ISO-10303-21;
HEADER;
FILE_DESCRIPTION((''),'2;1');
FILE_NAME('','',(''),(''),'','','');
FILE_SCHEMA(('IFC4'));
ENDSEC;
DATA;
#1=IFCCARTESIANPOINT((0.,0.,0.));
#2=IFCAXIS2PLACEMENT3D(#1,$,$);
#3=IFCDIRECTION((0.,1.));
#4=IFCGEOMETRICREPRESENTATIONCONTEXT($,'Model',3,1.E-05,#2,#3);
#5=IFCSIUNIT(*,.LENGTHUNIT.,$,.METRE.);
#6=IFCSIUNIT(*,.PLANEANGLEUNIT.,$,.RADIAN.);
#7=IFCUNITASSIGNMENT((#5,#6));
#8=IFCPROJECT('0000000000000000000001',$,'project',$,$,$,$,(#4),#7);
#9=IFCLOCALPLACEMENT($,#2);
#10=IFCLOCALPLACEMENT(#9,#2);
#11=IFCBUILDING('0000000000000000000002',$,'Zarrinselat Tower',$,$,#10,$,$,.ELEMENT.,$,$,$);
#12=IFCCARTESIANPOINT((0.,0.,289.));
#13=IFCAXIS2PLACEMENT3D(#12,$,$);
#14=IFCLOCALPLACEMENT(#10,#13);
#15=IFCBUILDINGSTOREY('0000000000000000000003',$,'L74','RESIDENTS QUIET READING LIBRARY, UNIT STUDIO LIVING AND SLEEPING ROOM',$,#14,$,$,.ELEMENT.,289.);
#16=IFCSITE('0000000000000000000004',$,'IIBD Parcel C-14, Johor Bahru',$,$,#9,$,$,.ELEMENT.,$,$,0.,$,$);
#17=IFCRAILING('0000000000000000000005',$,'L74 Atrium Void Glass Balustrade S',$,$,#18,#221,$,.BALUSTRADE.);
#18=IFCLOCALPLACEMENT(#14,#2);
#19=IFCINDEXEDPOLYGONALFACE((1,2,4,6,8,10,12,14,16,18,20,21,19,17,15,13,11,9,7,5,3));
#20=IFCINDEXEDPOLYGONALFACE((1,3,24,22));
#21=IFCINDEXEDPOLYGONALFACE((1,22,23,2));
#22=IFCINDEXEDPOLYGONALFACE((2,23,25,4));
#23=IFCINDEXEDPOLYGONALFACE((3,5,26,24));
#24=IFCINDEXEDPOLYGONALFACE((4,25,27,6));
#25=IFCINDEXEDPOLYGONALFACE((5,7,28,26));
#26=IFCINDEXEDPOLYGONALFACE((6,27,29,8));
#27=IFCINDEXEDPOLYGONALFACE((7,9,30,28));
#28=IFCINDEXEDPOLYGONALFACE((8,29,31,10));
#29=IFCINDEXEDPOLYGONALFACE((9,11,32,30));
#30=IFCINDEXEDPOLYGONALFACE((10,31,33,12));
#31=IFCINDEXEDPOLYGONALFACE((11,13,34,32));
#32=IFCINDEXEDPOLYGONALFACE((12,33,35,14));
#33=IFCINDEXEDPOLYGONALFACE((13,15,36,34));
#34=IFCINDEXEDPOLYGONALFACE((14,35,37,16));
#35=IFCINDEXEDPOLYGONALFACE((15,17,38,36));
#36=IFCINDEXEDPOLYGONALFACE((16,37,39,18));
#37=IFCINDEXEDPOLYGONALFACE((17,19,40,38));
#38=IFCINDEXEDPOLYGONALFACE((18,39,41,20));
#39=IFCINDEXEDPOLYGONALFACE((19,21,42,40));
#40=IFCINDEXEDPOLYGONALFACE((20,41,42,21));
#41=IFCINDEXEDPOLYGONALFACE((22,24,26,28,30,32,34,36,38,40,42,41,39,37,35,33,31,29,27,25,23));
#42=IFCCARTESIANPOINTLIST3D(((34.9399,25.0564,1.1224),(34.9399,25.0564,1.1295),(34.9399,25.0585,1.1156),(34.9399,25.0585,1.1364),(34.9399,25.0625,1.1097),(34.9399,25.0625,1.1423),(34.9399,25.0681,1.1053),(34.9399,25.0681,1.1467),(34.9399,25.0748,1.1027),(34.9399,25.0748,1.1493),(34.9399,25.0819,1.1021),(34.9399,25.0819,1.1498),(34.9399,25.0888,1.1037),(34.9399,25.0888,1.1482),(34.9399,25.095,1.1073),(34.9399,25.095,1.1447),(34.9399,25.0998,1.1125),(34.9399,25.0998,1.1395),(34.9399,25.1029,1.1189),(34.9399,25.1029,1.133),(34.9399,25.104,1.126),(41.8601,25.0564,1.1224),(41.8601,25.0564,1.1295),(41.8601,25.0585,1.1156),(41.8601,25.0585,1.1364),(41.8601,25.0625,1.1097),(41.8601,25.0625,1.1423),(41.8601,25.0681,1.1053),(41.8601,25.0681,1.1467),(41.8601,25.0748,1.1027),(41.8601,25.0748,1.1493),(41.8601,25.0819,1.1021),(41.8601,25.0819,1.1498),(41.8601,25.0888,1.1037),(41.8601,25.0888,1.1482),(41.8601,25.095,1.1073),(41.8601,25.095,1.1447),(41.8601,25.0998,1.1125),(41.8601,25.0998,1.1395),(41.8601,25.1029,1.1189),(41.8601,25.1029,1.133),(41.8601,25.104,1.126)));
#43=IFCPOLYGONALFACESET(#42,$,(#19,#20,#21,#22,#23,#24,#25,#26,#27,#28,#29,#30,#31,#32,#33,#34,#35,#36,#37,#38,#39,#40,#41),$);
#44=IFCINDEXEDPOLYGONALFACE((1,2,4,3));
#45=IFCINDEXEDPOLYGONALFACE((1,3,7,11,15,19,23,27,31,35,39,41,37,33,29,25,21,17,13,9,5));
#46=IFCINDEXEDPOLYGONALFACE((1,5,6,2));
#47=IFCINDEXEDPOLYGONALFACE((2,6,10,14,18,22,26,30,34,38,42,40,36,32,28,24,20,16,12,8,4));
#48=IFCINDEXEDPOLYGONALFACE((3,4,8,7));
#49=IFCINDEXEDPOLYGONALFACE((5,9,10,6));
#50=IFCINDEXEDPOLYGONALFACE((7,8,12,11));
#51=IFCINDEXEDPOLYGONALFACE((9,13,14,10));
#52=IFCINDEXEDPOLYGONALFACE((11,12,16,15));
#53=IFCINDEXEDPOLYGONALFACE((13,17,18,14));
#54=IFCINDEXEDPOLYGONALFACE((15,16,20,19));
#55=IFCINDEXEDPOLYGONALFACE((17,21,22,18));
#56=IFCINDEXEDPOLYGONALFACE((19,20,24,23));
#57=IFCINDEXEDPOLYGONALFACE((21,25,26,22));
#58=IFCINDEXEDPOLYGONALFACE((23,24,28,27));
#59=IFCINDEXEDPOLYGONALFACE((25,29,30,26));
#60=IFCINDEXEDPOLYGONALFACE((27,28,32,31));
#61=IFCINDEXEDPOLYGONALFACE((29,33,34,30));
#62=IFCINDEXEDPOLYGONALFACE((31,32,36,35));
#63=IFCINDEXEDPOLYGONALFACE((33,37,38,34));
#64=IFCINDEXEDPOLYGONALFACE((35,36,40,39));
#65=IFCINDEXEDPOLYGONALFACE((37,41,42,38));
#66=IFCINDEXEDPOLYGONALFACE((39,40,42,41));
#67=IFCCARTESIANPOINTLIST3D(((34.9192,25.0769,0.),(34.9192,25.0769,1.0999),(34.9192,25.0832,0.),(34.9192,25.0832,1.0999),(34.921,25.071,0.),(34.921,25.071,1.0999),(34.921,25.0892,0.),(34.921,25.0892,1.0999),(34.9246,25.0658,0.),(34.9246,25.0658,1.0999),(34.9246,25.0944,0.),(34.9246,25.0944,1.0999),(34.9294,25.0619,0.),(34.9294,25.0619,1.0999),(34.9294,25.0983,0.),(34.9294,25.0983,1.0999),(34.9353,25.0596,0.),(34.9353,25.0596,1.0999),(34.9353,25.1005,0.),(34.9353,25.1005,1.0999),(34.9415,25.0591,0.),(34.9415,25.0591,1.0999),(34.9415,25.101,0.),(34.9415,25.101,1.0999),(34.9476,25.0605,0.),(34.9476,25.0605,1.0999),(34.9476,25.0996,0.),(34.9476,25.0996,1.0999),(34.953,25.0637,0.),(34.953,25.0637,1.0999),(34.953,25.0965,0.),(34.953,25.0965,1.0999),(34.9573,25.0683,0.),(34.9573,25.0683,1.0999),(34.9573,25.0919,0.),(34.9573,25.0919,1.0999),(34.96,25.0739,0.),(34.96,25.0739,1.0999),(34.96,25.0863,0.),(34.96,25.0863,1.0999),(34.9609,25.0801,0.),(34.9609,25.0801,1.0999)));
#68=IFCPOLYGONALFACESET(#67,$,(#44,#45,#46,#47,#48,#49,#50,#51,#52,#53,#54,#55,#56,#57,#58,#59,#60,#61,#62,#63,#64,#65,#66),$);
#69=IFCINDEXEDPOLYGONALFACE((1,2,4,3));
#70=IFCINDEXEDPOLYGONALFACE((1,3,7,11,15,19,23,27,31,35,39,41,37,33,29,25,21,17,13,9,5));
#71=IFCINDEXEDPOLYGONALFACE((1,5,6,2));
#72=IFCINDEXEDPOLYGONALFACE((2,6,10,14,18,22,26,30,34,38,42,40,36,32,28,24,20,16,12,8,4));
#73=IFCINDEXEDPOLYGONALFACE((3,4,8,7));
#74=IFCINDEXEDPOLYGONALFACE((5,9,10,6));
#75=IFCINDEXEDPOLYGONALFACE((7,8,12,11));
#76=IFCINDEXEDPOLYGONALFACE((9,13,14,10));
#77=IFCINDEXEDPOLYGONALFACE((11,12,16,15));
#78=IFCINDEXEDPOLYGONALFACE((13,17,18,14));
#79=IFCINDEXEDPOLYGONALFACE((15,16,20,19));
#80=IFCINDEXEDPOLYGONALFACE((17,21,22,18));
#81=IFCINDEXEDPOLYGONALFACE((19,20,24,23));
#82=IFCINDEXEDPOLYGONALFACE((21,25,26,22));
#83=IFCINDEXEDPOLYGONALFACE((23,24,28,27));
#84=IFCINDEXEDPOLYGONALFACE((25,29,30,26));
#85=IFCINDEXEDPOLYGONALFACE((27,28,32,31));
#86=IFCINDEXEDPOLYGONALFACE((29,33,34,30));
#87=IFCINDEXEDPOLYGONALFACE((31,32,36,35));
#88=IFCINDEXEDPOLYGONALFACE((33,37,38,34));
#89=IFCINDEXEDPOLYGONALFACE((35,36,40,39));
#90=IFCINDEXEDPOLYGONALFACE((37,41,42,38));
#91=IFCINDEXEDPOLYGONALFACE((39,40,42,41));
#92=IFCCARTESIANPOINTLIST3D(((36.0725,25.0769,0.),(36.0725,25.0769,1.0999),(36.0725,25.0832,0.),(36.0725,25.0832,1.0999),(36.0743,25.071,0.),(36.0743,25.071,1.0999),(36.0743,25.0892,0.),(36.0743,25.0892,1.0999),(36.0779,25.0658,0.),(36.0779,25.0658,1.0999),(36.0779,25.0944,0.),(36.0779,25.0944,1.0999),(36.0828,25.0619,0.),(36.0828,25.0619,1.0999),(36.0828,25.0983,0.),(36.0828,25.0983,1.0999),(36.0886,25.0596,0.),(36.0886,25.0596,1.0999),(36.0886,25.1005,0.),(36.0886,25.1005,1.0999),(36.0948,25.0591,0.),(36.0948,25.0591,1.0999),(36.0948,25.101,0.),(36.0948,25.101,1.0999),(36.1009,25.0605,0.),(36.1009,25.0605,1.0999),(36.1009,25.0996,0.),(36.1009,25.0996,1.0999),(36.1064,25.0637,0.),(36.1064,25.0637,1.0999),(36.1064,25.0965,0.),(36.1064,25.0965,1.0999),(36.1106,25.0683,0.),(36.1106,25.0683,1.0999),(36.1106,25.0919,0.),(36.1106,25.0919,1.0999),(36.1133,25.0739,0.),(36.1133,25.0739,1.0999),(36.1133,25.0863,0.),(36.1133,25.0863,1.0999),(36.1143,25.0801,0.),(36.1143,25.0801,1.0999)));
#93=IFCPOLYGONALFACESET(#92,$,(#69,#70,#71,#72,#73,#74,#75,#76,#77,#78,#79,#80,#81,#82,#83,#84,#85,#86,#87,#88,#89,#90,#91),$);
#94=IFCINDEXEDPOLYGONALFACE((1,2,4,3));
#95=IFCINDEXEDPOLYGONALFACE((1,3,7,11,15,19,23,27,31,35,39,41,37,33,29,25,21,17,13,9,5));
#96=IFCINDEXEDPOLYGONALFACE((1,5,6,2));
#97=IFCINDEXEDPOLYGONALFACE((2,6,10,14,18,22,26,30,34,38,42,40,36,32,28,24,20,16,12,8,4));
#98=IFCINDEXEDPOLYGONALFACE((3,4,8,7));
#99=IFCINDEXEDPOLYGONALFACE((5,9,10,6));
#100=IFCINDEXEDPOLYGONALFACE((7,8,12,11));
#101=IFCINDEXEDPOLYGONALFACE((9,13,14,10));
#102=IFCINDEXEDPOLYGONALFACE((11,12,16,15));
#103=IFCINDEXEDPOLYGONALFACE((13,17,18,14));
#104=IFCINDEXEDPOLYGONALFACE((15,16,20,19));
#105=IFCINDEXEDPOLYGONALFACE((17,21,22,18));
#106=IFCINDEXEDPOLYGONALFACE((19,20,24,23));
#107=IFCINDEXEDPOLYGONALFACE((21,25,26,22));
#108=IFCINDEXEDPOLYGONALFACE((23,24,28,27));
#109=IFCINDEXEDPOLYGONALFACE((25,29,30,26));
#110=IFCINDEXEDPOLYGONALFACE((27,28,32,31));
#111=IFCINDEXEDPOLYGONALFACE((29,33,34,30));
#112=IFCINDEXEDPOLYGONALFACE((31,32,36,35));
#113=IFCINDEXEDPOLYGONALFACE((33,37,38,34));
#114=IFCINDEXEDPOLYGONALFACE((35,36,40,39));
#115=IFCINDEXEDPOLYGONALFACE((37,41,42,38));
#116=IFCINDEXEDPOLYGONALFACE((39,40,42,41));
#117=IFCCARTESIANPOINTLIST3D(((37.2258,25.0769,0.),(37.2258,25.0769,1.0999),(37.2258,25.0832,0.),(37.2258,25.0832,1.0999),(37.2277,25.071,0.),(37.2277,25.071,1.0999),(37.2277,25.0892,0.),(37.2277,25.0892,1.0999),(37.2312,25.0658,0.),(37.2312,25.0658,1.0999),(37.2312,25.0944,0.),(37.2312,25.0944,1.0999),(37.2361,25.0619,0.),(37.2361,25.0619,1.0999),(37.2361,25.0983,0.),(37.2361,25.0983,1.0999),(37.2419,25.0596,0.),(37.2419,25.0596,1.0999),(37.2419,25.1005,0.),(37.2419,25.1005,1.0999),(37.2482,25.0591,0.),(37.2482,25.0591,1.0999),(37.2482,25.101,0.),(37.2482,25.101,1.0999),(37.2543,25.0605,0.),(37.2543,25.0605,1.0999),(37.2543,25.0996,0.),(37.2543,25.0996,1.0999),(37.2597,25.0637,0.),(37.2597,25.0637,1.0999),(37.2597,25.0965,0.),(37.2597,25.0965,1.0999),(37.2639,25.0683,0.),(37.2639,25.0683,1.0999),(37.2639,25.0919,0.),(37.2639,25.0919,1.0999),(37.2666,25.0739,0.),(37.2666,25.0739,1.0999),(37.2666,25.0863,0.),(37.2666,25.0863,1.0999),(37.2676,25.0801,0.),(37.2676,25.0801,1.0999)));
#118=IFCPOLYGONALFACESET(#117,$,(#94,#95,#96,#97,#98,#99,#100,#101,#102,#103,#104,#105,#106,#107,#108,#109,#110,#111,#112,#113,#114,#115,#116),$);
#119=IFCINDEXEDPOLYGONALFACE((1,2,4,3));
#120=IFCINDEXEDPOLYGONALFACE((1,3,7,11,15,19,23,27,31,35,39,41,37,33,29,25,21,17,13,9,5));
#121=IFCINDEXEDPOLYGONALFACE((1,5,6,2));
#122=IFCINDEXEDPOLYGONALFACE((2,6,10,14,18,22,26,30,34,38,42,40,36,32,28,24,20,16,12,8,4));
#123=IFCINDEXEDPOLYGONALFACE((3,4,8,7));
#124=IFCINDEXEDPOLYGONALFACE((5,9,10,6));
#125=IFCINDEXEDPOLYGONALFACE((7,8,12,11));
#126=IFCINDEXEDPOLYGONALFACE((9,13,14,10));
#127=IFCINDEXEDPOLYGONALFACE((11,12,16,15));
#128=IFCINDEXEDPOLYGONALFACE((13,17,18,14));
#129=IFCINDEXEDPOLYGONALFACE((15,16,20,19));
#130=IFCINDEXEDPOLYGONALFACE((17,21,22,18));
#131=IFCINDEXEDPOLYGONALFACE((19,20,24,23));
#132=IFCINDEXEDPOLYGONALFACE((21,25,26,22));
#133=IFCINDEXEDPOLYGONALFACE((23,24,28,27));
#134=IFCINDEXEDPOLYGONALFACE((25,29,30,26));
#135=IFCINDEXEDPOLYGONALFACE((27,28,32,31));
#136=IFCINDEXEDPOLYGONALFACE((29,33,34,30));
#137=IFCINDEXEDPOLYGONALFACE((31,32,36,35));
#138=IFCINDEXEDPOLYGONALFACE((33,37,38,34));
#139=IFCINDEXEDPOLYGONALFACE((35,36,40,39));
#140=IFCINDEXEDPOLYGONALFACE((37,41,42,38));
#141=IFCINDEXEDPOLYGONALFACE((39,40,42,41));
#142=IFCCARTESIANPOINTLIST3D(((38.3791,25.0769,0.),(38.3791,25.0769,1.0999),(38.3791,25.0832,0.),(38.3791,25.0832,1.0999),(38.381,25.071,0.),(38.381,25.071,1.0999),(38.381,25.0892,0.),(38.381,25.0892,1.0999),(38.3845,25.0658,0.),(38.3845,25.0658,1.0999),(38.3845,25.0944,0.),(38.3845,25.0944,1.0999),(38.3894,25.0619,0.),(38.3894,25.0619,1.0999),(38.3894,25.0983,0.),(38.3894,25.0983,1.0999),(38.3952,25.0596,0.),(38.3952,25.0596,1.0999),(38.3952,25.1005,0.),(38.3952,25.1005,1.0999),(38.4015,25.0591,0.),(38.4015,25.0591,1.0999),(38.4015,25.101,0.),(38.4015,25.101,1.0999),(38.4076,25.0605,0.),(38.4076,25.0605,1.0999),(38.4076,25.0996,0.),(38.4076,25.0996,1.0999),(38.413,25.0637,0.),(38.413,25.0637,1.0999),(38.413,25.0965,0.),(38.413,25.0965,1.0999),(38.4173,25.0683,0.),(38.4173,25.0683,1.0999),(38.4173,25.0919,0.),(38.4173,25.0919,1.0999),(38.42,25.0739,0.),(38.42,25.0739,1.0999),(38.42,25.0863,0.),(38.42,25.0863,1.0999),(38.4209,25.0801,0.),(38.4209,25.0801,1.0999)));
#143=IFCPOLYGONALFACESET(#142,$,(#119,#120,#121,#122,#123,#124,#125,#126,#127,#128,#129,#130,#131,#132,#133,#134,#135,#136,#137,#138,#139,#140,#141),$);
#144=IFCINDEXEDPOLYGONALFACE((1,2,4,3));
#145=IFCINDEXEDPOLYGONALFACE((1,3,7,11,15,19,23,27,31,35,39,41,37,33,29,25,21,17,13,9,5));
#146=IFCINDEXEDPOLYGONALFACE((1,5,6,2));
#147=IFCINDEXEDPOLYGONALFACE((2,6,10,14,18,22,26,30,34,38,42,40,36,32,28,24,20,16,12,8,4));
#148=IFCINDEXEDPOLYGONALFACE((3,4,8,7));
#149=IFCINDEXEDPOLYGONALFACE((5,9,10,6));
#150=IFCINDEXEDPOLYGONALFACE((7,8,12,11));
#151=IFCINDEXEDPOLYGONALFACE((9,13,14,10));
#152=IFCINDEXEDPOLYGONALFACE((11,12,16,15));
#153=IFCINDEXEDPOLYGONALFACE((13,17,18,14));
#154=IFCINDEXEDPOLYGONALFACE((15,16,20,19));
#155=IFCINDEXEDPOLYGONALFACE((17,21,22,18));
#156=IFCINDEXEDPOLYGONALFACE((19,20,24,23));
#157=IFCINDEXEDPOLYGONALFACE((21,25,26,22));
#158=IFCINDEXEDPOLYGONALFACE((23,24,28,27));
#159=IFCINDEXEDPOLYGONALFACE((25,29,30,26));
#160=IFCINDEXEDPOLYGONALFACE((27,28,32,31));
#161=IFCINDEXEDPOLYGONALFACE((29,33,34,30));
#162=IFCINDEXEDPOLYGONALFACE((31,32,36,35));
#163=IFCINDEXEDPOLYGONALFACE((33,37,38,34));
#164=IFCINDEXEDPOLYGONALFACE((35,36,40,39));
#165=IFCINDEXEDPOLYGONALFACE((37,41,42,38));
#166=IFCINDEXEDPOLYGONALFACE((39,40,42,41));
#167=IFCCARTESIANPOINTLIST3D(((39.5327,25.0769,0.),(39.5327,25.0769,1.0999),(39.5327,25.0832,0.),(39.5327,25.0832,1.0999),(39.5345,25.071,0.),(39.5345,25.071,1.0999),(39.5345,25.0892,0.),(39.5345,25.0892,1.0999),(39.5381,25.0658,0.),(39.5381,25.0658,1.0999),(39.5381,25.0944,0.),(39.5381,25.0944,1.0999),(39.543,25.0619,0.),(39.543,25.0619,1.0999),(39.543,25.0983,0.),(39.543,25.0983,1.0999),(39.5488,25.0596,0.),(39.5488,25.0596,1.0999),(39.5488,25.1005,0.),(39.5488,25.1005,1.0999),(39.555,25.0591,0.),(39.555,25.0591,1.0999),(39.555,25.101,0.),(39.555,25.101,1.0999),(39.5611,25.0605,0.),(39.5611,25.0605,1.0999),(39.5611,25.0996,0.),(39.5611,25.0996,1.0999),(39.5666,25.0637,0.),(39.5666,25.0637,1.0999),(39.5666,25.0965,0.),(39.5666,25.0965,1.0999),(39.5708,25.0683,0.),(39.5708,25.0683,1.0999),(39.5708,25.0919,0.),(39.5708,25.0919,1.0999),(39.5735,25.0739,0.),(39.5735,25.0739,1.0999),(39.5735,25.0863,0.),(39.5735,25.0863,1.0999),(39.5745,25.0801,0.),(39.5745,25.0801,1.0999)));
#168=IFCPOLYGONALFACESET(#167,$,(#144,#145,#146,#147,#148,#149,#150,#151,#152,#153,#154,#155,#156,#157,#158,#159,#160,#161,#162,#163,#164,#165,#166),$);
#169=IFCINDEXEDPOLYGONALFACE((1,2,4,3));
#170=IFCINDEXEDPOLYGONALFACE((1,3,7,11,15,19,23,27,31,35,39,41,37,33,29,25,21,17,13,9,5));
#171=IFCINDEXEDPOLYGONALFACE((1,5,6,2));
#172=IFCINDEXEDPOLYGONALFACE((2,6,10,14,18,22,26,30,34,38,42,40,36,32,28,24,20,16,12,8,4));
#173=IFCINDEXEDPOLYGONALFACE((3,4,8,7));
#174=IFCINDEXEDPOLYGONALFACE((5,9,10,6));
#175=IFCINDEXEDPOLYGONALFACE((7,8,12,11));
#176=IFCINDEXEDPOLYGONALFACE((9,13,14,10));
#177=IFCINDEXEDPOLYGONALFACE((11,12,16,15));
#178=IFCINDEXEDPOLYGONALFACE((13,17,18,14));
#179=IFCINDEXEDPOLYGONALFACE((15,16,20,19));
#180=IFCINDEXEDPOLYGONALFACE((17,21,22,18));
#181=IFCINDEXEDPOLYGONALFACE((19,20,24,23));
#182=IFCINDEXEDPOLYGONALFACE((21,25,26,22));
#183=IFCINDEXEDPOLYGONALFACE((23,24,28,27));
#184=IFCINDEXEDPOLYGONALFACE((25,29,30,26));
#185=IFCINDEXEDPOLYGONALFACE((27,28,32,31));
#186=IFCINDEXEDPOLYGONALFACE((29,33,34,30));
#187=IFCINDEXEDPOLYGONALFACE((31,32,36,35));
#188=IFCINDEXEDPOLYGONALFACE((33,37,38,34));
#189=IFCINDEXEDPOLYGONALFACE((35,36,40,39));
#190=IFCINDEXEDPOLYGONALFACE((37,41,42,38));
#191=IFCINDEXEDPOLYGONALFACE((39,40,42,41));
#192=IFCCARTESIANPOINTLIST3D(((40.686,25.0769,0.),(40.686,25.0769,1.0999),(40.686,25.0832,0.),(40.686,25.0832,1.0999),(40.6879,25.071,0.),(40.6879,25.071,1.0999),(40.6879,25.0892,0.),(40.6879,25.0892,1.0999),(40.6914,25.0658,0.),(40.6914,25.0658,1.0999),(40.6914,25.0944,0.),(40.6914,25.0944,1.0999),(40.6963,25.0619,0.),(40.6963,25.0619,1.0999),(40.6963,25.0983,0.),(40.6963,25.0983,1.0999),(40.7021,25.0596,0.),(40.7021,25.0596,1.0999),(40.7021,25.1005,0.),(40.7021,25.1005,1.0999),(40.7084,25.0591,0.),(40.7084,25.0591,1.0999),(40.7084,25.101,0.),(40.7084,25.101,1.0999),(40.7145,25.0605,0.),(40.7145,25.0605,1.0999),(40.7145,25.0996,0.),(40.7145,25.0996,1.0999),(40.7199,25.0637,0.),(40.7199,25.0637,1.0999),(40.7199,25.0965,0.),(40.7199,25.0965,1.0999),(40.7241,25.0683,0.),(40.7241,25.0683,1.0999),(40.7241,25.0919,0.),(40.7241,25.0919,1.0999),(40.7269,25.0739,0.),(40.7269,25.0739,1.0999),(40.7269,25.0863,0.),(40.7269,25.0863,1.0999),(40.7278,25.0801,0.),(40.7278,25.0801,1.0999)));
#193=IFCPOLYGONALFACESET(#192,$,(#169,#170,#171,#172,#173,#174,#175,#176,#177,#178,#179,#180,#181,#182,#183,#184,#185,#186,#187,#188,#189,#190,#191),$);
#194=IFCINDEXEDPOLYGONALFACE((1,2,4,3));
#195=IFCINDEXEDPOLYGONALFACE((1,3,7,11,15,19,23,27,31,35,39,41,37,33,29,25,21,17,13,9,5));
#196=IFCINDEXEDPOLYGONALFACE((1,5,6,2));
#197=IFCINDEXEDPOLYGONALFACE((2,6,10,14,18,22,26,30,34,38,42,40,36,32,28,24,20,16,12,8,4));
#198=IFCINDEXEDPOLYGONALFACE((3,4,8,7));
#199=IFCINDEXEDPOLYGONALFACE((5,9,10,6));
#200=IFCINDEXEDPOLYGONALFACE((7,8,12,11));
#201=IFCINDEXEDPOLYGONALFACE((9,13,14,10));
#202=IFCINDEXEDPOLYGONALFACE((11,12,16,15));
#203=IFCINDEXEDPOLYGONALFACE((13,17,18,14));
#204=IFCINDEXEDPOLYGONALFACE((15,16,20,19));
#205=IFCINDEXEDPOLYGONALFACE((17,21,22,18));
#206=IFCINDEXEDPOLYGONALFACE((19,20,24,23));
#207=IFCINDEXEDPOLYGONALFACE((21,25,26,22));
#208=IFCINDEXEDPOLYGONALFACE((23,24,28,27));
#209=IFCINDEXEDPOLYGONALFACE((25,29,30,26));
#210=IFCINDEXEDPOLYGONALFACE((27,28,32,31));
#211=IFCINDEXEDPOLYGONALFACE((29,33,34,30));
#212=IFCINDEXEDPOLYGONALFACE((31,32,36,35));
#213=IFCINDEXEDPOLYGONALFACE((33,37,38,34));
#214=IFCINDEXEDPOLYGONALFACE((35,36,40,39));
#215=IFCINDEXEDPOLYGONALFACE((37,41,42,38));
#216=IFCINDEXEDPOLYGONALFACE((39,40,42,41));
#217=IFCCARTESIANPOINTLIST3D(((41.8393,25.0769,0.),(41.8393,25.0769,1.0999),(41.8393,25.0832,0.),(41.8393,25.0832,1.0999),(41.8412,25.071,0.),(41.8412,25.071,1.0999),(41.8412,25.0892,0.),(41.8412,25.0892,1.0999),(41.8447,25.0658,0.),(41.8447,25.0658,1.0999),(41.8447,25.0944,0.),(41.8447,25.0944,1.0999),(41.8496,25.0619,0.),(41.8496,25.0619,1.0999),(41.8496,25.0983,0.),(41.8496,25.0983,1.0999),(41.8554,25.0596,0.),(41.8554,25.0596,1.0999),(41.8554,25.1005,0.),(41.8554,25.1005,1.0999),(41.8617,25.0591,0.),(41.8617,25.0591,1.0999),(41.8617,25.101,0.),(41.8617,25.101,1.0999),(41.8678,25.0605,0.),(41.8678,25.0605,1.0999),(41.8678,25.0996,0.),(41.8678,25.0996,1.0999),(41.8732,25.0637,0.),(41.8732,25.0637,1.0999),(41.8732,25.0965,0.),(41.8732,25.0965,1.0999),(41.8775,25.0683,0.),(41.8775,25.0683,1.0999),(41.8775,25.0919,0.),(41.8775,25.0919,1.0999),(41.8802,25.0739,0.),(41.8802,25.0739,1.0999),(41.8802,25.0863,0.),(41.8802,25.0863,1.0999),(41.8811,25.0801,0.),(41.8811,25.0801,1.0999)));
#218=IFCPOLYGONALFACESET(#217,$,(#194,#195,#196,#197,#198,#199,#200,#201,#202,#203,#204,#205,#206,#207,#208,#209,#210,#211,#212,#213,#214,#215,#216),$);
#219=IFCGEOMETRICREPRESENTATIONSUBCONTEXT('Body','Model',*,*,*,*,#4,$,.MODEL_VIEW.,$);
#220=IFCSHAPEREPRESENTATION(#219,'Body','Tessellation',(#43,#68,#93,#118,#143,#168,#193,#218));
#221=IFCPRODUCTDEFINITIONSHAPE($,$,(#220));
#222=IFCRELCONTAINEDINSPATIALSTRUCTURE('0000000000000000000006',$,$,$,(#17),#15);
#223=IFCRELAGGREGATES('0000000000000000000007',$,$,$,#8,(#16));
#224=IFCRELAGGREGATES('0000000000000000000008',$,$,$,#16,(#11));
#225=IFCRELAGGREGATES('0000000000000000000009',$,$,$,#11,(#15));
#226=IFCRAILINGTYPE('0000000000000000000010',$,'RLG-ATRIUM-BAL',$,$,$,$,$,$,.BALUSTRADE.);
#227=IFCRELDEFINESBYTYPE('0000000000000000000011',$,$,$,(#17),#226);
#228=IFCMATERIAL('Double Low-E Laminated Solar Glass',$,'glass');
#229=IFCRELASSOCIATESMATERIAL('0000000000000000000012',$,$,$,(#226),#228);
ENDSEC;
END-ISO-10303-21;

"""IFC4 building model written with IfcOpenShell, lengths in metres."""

from ifc_helpers import new_model, si_unit, direction, frame, origin, origin_2d, place, context, subcontext, project, spatial, circle, extrude, material, type_object, element, save


model = new_model("IFC4")

# Units and contexts
model_context = context("Model", 3, precision=1e-05, world=origin(), true_north=direction((0.0, 1.0)))
body_context = subcontext(model_context, "Body", "Model", "MODEL_VIEW")
ifc_project = project(units=[si_unit("LENGTHUNIT", "METRE"), si_unit("PLANEANGLEUNIT", "RADIAN")], contexts=[model_context])

# Site, building, storey
site_placement = place(None, origin())
site = spatial("IfcSite", under=ifc_project, at=site_placement, Name="IIBD Parcel C-14, Johor Bahru", CompositionType="ELEMENT", RefElevation=0.0)
building_placement = place(site_placement, origin())
building = spatial("IfcBuilding", under=site, at=building_placement, Name="Zarrinselat Tower", CompositionType="ELEMENT")
storey_placement = place(building_placement, frame((0.0, 0.0, 289.0)))
storey = spatial("IfcBuildingStorey", under=building, at=storey_placement, Name="L74", Description="RESIDENTS QUIET READING LIBRARY, UNIT STUDIO LIVING AND SLEEPING ROOM", CompositionType="ELEMENT", Elevation=289.0)

# Railing
ifc_material_1 = material(Name="Double Low-E Laminated Solar Glass", Category="glass")
railing_type = type_object("IfcRailingType", Name="RLG-ATRIUM-BAL", PredefinedType="BALUSTRADE", material=ifc_material_1)
railing_1_placement = place(storey_placement, frame((34.9399, 25.0801, 0.0)))
element("IfcRailing", 1, at=railing_1_placement, inside=storey, type_object=railing_type, Name="L74 Atrium Void Glass Balustrade S", PredefinedType="BALUSTRADE", context=body_context, shape_type="SweptSolid", body=[
    extrude(circle(Radius=0.0239, at=origin_2d()), frame((0.0, 0.0, 1.126), z_axis=(1.0, 0.0, 0.0), x_axis=(0.0, 1.0, 0.0)), (0.0, 0.0, 1.0), 6.9202),
    extrude(circle(Radius=0.021, at=origin_2d()), origin(), (0.0, 0.0, 1.0), 1.0999),
    extrude(circle(Radius=0.021, at=origin_2d()), frame((1.1533, 0.0, 0.0)), (0.0, 0.0, 1.0), 1.0999),
    extrude(circle(Radius=0.021, at=origin_2d()), frame((2.3066, 0.0, 0.0)), (0.0, 0.0, 1.0), 1.0999),
    extrude(circle(Radius=0.021, at=origin_2d()), frame((3.46, 0.0, 0.0)), (0.0, 0.0, 1.0), 1.0999),
    extrude(circle(Radius=0.021, at=origin_2d()), frame((4.6135, 0.0, 0.0)), (0.0, 0.0, 1.0), 1.0999),
    extrude(circle(Radius=0.021, at=origin_2d()), frame((5.7668, 0.0, 0.0)), (0.0, 0.0, 1.0), 1.0999),
    extrude(circle(Radius=0.021, at=origin_2d()), frame((6.9202, 0.0, 0.0)), (0.0, 0.0, 1.0), 1.0999),
])

save(model, "model.ifc")
